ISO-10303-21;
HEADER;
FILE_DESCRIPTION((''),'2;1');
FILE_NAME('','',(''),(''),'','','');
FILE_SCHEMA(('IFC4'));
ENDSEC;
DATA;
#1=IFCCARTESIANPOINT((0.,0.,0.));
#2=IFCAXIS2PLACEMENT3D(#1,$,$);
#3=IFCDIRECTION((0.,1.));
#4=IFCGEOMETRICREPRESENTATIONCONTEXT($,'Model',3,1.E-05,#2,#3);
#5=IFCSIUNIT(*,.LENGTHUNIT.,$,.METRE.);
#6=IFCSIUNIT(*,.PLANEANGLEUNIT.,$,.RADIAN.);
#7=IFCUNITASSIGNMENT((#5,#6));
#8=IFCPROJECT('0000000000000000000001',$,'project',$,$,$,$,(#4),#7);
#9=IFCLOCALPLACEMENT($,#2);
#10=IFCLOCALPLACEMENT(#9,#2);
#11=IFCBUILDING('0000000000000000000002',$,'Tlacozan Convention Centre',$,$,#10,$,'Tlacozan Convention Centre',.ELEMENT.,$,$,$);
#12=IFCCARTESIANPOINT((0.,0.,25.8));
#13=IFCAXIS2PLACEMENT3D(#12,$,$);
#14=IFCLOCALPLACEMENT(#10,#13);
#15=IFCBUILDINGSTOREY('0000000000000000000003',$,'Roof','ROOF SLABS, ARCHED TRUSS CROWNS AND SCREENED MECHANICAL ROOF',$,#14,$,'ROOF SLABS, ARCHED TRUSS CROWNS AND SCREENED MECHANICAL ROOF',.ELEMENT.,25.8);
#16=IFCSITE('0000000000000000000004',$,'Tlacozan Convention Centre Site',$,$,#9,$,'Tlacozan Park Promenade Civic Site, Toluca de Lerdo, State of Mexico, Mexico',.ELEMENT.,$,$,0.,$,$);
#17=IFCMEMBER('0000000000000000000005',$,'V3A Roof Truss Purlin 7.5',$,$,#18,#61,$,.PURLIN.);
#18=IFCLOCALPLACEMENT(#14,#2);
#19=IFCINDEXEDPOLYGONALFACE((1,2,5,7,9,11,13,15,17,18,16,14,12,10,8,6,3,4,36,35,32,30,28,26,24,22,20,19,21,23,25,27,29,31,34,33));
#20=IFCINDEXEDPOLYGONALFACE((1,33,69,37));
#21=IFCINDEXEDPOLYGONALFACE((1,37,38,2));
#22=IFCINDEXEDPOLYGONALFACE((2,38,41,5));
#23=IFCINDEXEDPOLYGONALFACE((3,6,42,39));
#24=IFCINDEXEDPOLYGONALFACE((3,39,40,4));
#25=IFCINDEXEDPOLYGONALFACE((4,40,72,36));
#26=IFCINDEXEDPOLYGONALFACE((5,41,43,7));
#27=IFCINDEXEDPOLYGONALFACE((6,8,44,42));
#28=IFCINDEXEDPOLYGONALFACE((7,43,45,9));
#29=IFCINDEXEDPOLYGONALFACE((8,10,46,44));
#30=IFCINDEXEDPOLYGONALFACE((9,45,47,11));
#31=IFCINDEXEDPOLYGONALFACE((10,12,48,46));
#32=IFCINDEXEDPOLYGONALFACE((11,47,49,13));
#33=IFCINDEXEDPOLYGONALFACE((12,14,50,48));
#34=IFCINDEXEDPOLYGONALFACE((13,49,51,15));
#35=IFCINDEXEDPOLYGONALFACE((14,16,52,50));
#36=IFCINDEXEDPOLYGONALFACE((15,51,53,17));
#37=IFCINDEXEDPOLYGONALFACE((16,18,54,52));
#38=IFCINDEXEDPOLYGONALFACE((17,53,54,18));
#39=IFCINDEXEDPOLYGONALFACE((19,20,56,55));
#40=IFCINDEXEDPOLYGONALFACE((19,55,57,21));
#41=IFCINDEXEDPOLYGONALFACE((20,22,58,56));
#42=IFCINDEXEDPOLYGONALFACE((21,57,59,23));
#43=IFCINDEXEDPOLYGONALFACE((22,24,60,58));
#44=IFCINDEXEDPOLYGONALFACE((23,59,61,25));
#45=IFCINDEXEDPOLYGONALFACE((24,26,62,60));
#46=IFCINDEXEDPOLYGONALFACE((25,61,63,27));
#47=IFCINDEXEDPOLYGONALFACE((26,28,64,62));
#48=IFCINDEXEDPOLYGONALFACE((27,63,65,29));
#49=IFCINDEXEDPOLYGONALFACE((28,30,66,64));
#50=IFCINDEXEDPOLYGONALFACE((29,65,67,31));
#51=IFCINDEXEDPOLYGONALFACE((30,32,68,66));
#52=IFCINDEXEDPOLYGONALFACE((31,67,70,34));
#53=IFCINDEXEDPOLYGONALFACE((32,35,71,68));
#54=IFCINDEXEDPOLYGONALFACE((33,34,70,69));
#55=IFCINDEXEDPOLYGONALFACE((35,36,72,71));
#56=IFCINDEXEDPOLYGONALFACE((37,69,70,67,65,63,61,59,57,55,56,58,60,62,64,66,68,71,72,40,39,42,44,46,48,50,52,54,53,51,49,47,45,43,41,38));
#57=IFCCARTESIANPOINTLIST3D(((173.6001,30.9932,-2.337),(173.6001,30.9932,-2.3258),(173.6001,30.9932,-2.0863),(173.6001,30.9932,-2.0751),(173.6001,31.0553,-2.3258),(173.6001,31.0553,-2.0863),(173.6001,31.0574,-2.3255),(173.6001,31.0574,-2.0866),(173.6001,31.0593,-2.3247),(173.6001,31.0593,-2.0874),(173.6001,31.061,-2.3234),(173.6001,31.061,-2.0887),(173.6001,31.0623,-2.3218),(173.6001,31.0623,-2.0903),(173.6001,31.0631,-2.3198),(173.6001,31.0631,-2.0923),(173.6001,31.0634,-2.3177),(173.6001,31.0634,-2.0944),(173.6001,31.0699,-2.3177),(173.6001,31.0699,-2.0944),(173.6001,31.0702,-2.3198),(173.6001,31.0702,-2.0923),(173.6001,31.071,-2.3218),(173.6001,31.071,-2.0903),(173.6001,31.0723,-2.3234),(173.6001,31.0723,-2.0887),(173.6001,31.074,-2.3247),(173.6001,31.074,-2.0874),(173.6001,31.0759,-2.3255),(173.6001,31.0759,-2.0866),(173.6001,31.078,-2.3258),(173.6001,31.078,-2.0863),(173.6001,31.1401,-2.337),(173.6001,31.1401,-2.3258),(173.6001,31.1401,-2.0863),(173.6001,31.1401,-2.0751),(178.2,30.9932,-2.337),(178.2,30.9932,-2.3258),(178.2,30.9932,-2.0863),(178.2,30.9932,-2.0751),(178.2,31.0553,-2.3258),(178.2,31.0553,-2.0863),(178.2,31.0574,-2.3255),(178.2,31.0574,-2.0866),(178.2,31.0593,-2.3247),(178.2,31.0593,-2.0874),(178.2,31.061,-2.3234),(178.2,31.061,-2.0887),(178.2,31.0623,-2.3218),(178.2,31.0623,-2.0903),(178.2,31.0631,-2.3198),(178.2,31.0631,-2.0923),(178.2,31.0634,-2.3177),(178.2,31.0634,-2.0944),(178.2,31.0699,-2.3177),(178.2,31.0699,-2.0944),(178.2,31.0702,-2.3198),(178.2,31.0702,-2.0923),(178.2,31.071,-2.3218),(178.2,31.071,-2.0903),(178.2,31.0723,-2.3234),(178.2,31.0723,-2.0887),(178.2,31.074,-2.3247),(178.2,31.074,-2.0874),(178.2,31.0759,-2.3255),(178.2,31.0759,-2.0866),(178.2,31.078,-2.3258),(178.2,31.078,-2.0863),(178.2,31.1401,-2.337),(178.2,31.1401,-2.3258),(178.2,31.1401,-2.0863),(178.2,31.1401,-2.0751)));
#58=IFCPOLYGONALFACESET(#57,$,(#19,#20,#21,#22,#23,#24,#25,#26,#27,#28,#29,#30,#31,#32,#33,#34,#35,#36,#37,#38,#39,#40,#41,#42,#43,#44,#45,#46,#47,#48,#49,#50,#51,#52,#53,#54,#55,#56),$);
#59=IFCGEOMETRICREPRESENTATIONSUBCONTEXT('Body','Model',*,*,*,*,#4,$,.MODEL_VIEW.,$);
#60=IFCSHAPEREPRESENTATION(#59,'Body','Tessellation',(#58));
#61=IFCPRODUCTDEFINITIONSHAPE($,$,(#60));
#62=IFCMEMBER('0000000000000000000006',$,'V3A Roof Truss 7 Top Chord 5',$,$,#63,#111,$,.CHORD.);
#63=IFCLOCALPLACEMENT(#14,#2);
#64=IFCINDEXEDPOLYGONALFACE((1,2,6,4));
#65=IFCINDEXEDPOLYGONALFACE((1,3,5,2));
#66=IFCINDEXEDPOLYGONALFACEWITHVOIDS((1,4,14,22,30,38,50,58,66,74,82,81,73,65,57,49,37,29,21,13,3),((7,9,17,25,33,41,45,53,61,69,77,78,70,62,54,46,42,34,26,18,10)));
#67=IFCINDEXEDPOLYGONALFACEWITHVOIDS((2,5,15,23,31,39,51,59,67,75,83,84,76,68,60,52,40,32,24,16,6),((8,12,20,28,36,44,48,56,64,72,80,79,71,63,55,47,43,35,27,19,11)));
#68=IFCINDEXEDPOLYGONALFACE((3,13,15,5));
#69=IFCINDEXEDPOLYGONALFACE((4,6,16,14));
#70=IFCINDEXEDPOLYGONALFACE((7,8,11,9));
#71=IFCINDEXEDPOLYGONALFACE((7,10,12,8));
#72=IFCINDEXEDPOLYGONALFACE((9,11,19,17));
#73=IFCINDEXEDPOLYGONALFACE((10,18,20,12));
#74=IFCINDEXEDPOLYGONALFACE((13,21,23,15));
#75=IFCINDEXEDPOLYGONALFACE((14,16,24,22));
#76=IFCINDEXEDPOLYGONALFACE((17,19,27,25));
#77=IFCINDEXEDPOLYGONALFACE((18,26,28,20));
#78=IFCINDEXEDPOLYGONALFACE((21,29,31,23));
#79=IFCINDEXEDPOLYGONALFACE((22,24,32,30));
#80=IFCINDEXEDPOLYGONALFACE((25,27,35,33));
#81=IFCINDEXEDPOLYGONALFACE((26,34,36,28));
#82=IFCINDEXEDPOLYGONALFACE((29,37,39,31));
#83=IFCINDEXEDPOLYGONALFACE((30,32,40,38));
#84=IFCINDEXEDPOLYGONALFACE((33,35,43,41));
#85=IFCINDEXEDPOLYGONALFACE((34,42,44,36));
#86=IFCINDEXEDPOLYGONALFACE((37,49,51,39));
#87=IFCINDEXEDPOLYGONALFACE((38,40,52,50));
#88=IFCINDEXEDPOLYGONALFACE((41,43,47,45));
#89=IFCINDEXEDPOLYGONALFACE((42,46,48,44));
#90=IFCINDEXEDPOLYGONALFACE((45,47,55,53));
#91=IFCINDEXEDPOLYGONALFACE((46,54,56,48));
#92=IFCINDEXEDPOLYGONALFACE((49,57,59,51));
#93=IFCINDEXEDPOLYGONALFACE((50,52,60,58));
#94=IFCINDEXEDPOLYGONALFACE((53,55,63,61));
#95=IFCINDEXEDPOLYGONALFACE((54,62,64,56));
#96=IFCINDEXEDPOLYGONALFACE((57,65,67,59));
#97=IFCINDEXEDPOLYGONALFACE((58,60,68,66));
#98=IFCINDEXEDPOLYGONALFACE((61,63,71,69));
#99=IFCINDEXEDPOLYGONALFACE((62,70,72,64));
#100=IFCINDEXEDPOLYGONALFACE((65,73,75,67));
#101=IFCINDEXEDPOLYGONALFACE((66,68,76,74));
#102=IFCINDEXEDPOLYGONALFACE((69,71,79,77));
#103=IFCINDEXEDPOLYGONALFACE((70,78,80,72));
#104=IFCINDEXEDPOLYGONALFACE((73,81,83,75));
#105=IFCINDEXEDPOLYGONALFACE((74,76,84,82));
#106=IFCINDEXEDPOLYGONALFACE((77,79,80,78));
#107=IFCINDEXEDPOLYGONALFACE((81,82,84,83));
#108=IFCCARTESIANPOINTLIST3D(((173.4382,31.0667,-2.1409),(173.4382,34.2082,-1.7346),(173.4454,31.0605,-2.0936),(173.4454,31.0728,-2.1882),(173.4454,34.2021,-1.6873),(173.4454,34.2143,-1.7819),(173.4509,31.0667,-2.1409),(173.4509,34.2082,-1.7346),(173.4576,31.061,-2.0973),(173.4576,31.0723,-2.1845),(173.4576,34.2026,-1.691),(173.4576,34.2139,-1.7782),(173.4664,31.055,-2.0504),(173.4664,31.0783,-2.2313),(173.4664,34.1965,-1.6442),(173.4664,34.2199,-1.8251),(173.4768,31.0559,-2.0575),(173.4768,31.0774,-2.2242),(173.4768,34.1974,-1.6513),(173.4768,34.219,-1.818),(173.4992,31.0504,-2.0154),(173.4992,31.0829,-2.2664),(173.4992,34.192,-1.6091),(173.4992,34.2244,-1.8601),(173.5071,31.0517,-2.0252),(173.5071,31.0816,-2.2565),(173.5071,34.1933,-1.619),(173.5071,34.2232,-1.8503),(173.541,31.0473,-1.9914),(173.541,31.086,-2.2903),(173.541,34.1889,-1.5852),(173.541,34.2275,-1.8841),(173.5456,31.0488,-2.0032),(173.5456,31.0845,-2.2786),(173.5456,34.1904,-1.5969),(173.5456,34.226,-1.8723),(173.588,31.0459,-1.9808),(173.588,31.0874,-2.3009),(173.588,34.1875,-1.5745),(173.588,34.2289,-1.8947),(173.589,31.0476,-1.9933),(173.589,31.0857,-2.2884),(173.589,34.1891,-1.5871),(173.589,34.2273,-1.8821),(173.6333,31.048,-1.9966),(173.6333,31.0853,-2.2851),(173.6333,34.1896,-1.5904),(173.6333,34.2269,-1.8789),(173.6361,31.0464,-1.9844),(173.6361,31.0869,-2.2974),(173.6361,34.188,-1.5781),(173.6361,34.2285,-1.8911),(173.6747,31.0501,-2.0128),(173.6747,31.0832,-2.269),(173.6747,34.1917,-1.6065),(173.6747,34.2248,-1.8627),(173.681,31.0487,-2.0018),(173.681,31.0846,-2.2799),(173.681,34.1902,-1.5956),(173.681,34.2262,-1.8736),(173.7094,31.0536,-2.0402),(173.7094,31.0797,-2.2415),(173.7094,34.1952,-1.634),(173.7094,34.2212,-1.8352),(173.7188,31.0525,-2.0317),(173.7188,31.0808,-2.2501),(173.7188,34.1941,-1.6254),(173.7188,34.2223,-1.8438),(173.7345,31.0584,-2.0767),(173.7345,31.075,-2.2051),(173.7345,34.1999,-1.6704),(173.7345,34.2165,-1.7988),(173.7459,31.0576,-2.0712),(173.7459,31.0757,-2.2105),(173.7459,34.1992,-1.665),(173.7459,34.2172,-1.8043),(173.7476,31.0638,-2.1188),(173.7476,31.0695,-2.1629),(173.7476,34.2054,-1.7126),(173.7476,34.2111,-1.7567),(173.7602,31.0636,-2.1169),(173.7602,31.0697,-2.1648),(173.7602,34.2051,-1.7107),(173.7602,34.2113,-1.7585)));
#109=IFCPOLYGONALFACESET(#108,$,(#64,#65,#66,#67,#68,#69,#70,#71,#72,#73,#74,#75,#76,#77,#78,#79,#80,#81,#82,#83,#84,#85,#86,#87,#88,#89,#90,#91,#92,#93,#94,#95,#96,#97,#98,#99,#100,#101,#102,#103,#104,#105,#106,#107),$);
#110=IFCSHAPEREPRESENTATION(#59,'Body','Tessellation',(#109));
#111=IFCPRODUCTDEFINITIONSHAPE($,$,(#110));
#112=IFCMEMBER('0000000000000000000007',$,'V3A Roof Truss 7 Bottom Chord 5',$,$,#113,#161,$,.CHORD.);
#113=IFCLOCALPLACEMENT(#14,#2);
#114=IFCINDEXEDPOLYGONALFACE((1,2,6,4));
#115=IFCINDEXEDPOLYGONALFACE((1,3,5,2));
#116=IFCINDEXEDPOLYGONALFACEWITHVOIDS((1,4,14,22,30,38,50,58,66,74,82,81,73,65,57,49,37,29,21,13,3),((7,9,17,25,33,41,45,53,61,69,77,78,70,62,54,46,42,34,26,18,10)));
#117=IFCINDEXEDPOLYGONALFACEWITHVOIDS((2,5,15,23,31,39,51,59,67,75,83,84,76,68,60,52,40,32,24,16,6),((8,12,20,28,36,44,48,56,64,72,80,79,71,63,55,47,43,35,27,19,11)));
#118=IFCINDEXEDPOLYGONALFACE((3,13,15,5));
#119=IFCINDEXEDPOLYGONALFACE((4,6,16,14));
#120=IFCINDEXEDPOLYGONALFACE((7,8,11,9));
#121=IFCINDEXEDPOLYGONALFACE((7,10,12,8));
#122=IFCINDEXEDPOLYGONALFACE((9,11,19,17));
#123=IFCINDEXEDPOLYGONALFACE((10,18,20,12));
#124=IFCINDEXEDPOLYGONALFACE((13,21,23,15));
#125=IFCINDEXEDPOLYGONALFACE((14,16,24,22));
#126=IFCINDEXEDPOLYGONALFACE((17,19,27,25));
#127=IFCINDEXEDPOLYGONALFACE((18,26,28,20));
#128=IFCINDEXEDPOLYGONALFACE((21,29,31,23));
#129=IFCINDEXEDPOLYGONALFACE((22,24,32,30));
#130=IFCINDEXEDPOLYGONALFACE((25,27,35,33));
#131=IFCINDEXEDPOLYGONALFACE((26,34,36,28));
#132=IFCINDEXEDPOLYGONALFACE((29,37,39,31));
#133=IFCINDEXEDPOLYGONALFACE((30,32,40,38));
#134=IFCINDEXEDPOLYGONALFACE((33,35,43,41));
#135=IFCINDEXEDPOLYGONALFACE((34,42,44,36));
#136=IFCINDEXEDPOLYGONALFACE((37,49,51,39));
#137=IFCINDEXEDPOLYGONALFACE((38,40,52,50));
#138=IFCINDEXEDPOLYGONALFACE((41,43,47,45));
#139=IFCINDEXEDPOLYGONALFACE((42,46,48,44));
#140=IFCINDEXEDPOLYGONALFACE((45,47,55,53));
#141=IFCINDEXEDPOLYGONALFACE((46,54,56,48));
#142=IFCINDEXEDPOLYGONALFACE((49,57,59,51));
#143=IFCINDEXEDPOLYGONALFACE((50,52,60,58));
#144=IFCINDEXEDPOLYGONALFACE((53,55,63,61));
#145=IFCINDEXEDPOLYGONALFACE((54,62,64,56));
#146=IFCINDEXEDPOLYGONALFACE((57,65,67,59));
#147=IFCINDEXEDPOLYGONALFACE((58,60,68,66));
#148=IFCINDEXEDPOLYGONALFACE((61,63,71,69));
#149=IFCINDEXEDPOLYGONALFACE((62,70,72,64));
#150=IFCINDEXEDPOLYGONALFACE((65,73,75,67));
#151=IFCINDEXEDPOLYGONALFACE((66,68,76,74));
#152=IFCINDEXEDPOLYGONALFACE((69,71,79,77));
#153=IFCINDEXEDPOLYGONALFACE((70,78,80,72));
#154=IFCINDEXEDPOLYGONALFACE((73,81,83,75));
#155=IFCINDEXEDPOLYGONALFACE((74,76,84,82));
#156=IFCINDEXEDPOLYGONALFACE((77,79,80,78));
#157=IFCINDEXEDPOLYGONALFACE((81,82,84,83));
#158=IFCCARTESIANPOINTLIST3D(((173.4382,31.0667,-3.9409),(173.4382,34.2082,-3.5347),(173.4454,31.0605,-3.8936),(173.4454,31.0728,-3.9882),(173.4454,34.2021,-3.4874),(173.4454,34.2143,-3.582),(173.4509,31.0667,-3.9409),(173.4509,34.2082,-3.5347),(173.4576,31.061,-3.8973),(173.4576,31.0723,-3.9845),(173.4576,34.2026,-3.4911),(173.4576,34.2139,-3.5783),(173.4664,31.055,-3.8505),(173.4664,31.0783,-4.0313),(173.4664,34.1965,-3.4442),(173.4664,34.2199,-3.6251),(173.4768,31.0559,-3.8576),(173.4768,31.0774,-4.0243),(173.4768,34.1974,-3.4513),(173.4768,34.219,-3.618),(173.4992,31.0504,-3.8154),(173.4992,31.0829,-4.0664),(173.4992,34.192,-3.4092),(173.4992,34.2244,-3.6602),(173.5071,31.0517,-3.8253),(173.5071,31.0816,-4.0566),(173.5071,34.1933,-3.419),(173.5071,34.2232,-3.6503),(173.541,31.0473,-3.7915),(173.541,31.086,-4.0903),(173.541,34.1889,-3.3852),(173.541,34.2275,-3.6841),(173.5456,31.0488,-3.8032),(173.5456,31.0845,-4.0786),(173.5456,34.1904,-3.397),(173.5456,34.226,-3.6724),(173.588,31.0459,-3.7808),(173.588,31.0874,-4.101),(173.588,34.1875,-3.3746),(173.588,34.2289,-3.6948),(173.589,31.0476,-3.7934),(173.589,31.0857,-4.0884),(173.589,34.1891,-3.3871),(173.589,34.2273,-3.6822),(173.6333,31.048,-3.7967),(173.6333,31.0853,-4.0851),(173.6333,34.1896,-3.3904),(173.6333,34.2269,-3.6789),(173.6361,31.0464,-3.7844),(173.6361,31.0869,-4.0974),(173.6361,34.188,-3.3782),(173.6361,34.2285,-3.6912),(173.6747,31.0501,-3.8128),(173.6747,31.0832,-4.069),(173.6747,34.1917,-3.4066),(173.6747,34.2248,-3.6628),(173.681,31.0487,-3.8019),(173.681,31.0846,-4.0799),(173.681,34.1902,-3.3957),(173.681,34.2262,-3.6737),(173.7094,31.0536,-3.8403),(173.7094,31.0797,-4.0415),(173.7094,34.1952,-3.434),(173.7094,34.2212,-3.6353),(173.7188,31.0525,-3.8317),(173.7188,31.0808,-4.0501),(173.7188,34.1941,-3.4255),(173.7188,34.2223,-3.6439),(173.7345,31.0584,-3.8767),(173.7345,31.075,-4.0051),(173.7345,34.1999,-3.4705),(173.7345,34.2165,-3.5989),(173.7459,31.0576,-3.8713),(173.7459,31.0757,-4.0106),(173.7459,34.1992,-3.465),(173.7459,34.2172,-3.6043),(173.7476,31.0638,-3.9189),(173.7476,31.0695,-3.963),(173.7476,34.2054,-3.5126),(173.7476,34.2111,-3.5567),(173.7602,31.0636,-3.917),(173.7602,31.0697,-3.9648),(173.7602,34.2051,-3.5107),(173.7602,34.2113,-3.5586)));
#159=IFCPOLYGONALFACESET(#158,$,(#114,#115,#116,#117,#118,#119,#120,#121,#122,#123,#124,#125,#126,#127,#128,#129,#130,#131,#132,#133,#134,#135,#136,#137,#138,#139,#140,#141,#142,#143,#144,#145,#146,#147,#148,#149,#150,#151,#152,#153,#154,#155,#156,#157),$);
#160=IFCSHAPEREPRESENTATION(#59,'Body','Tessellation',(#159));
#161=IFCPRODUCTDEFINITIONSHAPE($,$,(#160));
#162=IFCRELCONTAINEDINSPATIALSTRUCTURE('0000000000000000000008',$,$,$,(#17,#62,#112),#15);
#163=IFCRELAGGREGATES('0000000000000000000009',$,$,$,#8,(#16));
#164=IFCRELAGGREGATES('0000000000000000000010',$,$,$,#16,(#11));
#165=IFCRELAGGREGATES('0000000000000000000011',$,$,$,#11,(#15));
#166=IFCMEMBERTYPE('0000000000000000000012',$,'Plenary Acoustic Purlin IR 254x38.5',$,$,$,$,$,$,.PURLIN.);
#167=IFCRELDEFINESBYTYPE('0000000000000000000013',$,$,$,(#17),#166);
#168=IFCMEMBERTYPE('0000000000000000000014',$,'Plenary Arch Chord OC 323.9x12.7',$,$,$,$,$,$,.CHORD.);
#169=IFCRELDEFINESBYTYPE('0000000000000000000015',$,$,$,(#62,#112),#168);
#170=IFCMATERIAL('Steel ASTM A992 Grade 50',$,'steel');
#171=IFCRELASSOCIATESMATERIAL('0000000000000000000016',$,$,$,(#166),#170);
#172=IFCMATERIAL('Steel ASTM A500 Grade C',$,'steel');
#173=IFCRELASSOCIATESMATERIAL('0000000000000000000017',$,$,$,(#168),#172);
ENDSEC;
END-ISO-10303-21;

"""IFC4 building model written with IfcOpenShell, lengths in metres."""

from ifc_helpers import new_model, si_unit, direction, frame, origin, origin_2d, place, context, subcontext, project, spatial, hollow_circle, i_section, extrude, material, material_profile, profile_set, type_object, element, save


model = new_model("IFC4")

# Units and contexts
model_context = context("Model", 3, precision=1e-05, world=origin(), true_north=direction((0.0, 1.0)))
body_context = subcontext(model_context, "Body", "Model", "MODEL_VIEW")
ifc_project = project(units=[si_unit("LENGTHUNIT", "METRE"), si_unit("PLANEANGLEUNIT", "RADIAN")], contexts=[model_context])

# Site, building, storey
site_placement = place(None, origin())
site = spatial("IfcSite", under=ifc_project, at=site_placement, Name="Tlacozan Convention Centre Site", LongName="Tlacozan Park Promenade Civic Site, Toluca de Lerdo, State of Mexico, Mexico", CompositionType="ELEMENT", RefElevation=0.0)
building_placement = place(site_placement, origin())
building = spatial("IfcBuilding", under=site, at=building_placement, Name="Tlacozan Convention Centre", LongName="Tlacozan Convention Centre", CompositionType="ELEMENT")
storey_placement = place(building_placement, frame((0.0, 0.0, 25.8)))
storey = spatial("IfcBuildingStorey", under=building, at=storey_placement, Name="Roof", Description="ROOF SLABS, ARCHED TRUSS CROWNS AND SCREENED MECHANICAL ROOF", LongName="ROOF SLABS, ARCHED TRUSS CROWNS AND SCREENED MECHANICAL ROOF", CompositionType="ELEMENT", Elevation=25.8)

# Members
ifc_material_1 = material(Name="Steel ASTM A992 Grade 50", Category="steel")
ifc_material_profile_1 = material_profile(ifc_material_1, i_section(OverallWidth=0.147, OverallDepth=0.262, WebThickness=0.0066, FlangeThickness=0.0112, FilletRadius=0.0081, at=origin_2d()), Name="IR 254x38.5")
ifc_profile_set_1 = profile_set([ifc_material_profile_1], Name="Steel ASTM A992 Grade 50")
member_type_1 = type_object("IfcMemberType", Name="Plenary Acoustic Purlin IR 254x38.5", PredefinedType="PURLIN", material=ifc_profile_set_1)
member_1_placement = place(storey_placement, frame((173.6001, 31.0667, -2.2061), z_axis=(1.0, 0.0, 0.0), x_axis=(0.0, 1.0, 0.0)))
element("IfcMember", 1, at=member_1_placement, inside=storey, type_object=member_type_1, Name="V3A Roof Truss Purlin 7.5", PredefinedType="PURLIN", context=body_context, shape_type="SweptSolid", body=[
    extrude(i_section(OverallWidth=0.147, OverallDepth=0.262, WebThickness=0.0066, FlangeThickness=0.0112, FilletRadius=0.0081, at=origin_2d()), origin(), (0.0, 0.0, 1.0), 4.5999),
])
ifc_material_2 = material(Name="Steel ASTM A500 Grade C", Category="steel")
ifc_material_profile_2 = material_profile(ifc_material_2, hollow_circle(Radius=0.1619, WallThickness=0.0127, at=origin_2d()), Name="OC 323.9x12.7")
ifc_profile_set_2 = profile_set([ifc_material_profile_2], Name="Steel ASTM A500 Grade C")
member_type_2 = type_object("IfcMemberType", Name="Plenary Arch Chord OC 323.9x12.7", PredefinedType="CHORD", material=ifc_profile_set_2)
for number, where, z_axis, x_axis, name in (
    (2, (173.6001, 31.0667, -2.1409), (0.0, 0.991742, 0.128245), (-1.0, 0.0, 0.0), "V3A Roof Truss 7 Top Chord 5"),
    (3, (173.6001, 31.0667, -3.9409), (0.0, 0.991742, 0.128245), (-1.0, 0.0, 0.0), "V3A Roof Truss 7 Bottom Chord 5"),
):
    element("IfcMember", number, at=place(storey_placement, frame(where, z_axis=z_axis, x_axis=x_axis)), inside=storey, type_object=member_type_2, Name=name, PredefinedType="CHORD", context=body_context, shape_type="SweptSolid", body=[
        extrude(hollow_circle(Radius=0.1619, WallThickness=0.0127, at=origin_2d()), origin(), (0.0, 0.0, 1.0), 3.1677),
    ])

save(model, "model.ifc")
